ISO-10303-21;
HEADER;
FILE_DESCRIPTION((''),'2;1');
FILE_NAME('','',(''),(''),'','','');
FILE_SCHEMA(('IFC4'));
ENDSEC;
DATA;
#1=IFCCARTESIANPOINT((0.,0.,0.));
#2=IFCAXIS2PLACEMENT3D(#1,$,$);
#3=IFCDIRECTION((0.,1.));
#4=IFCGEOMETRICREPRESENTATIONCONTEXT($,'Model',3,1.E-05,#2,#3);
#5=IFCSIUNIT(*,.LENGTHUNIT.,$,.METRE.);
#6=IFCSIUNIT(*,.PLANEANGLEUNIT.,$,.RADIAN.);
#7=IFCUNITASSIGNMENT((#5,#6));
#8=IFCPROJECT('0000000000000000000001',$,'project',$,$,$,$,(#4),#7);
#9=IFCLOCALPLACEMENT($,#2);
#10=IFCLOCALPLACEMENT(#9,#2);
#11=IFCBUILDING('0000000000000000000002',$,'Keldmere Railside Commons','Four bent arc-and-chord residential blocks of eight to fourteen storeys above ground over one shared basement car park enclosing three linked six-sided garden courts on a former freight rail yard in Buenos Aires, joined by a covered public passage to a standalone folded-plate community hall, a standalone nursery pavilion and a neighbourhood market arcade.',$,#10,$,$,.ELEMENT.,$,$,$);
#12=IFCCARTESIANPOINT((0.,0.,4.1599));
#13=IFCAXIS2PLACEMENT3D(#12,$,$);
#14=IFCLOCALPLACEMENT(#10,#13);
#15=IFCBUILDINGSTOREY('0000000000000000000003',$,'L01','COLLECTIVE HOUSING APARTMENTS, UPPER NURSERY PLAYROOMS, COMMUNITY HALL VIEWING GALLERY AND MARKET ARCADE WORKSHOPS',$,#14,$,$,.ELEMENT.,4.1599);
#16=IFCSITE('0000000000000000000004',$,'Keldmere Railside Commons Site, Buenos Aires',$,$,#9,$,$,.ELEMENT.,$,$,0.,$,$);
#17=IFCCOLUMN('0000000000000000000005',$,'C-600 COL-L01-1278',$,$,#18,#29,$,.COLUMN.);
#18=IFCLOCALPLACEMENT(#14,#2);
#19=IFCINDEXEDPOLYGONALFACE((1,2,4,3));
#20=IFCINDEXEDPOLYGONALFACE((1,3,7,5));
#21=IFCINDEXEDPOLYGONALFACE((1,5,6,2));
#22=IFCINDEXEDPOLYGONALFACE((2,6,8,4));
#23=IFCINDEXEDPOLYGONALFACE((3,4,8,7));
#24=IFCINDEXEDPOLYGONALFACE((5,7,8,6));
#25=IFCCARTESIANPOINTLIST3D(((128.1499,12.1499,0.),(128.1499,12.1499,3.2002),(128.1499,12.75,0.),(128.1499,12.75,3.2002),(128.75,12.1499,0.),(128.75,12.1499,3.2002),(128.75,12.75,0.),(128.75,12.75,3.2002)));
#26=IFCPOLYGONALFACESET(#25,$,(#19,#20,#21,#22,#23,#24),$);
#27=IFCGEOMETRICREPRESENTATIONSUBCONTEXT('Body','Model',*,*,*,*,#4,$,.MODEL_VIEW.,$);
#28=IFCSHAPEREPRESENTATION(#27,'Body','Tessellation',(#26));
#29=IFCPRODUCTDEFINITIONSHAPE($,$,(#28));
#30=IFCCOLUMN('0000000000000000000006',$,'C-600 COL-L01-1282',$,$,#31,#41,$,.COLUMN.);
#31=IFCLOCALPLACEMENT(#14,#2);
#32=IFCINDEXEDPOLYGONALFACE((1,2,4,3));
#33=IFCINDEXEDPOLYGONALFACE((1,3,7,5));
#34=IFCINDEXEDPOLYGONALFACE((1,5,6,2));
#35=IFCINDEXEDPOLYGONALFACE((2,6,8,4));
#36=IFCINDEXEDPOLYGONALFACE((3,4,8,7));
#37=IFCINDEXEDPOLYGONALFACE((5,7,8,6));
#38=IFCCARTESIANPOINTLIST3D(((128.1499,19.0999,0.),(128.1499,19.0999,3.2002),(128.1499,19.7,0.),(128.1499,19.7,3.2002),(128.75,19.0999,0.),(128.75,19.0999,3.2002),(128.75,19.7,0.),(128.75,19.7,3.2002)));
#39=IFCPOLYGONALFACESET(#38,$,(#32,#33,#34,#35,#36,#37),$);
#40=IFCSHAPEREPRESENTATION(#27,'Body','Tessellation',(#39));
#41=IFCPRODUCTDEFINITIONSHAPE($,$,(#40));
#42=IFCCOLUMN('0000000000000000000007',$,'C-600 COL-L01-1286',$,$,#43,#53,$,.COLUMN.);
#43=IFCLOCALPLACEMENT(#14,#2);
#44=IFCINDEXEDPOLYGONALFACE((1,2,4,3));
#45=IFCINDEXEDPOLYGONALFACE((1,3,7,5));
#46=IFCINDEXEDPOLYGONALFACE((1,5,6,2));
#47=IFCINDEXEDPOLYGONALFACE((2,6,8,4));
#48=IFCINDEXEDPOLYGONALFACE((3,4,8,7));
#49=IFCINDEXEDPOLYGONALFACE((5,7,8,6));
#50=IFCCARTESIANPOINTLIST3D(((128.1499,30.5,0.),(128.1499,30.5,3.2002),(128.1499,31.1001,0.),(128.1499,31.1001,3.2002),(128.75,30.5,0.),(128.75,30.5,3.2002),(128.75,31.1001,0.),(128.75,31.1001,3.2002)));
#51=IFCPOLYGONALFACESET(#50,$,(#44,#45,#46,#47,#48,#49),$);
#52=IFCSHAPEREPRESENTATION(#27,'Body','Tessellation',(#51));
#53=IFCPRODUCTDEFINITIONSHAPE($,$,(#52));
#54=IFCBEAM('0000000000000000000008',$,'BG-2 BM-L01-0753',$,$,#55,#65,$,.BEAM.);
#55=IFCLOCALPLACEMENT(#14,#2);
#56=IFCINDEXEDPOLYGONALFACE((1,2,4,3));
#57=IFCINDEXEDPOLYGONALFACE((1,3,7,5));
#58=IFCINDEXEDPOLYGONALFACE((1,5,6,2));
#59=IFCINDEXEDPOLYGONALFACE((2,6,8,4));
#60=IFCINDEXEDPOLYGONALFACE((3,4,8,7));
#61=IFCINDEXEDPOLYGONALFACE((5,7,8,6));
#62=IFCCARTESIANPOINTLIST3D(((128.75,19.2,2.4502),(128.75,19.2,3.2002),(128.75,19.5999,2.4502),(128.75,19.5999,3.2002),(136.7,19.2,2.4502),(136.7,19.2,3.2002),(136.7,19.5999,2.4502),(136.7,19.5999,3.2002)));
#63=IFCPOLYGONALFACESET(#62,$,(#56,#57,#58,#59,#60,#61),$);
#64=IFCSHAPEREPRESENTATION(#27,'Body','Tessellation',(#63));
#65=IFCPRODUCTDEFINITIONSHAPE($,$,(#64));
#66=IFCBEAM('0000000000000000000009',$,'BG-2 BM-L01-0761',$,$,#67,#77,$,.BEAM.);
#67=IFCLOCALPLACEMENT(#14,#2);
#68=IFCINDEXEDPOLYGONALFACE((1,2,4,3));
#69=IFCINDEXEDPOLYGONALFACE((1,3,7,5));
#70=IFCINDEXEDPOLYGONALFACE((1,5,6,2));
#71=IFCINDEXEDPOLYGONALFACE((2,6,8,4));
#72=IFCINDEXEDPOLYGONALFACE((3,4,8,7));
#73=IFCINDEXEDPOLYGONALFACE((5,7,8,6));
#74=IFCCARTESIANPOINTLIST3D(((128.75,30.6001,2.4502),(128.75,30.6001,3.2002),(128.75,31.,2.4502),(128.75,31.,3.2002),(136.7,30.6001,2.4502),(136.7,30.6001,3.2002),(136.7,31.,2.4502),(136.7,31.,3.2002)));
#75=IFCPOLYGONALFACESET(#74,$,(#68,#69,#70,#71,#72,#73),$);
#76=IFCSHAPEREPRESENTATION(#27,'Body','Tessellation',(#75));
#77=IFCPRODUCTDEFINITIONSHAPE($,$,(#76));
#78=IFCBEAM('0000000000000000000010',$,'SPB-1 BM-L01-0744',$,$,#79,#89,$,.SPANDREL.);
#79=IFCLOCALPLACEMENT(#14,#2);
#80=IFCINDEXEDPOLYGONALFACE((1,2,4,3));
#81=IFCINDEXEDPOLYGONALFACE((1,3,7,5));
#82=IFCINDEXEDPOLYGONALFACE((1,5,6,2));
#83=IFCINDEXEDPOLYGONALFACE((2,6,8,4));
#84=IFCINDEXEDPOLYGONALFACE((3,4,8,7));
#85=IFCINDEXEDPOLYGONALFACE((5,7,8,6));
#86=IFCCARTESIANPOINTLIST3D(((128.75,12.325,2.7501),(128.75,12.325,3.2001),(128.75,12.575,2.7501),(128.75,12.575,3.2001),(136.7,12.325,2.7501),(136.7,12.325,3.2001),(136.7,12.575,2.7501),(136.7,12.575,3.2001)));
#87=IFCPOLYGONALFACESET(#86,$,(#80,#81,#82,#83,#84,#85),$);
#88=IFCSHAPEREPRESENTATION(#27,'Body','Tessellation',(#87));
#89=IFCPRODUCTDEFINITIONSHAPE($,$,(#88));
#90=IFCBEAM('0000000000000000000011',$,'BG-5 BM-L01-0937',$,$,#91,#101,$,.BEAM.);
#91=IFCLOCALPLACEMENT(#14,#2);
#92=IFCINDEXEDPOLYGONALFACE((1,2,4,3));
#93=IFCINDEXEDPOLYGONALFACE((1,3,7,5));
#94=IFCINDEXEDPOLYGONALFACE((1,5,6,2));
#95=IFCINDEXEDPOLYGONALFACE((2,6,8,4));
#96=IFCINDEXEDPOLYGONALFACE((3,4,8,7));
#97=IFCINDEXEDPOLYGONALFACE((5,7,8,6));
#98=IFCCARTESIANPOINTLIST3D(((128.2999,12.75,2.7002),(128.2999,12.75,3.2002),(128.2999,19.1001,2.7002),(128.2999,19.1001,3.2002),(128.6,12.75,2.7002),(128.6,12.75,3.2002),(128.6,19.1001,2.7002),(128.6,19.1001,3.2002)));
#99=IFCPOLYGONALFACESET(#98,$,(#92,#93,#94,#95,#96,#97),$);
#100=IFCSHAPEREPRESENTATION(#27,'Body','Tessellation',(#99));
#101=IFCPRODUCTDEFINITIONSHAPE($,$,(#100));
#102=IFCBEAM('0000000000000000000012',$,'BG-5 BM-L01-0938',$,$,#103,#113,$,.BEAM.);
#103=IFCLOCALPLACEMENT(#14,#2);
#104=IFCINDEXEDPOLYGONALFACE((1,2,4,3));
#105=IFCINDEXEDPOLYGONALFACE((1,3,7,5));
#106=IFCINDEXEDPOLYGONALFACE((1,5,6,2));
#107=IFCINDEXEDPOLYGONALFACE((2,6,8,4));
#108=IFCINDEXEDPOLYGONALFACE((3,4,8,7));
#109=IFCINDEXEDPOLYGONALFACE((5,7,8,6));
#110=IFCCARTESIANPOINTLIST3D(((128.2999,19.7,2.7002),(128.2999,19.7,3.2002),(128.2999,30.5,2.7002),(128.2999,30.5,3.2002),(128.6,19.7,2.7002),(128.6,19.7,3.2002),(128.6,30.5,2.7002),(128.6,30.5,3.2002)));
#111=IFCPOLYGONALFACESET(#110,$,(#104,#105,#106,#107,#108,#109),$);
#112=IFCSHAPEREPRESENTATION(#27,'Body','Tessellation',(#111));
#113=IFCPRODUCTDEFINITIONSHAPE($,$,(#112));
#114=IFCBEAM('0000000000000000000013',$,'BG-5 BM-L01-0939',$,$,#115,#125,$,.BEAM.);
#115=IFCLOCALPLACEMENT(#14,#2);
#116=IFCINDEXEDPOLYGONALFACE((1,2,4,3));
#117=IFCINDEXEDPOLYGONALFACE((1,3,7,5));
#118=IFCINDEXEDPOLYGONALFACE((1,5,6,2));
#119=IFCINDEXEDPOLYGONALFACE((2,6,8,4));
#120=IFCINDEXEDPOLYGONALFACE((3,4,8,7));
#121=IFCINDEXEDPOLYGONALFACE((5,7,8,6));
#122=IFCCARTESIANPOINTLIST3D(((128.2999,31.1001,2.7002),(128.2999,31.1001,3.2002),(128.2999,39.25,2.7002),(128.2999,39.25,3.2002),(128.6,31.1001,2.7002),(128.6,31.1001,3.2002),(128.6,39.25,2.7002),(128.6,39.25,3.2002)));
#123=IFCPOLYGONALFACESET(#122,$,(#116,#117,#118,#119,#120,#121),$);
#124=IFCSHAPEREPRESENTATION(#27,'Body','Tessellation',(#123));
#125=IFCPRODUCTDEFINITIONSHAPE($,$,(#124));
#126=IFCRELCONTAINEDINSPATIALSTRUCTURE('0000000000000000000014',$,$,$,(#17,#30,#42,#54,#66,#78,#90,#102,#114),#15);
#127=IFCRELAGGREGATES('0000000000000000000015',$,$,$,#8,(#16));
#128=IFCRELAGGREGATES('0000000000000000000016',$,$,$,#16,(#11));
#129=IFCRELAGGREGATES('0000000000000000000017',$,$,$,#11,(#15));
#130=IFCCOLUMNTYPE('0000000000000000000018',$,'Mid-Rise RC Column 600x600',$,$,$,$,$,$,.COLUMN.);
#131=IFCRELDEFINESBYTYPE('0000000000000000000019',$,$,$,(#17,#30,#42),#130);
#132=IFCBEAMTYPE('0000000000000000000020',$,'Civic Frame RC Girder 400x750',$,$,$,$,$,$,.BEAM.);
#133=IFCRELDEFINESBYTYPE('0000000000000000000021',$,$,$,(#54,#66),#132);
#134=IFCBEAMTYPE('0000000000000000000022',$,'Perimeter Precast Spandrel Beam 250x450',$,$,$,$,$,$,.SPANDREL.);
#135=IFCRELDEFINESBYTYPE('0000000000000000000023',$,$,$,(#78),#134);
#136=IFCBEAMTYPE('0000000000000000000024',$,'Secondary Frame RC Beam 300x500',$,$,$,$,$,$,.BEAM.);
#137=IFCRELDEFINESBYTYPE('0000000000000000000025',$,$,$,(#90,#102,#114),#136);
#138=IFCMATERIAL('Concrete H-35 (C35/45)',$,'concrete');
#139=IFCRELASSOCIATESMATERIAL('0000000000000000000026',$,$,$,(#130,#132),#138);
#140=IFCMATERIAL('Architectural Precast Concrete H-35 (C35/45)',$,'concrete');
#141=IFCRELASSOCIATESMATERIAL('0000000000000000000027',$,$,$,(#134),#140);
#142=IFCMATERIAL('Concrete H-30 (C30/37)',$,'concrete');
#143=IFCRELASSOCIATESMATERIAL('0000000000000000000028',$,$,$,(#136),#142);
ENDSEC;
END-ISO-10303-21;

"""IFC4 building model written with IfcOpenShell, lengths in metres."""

from ifc_helpers import new_model, si_unit, direction, frame, origin, origin_2d, place, context, subcontext, project, spatial, rectangle, extrude, material, material_profile, profile_set, type_object, element, save


model = new_model("IFC4")

# Units and contexts
model_context = context("Model", 3, precision=1e-05, world=origin(), true_north=direction((0.0, 1.0)))
body_context = subcontext(model_context, "Body", "Model", "MODEL_VIEW")
ifc_project = project(units=[si_unit("LENGTHUNIT", "METRE"), si_unit("PLANEANGLEUNIT", "RADIAN")], contexts=[model_context])

# Site, building, storey
site_placement = place(None, origin())
site = spatial("IfcSite", under=ifc_project, at=site_placement, Name="Keldmere Railside Commons Site, Buenos Aires", CompositionType="ELEMENT", RefElevation=0.0)
building_placement = place(site_placement, origin())
building = spatial("IfcBuilding", under=site, at=building_placement, Name="Keldmere Railside Commons", Description="Four bent arc-and-chord residential blocks of eight to fourteen storeys above ground over one shared basement car park enclosing three linked six-sided garden courts on a former freight rail yard in Buenos Aires, joined by a covered public passage to a standalone folded-plate community hall, a standalone nursery pavilion and a neighbourhood market arcade.", CompositionType="ELEMENT")
storey_placement = place(building_placement, frame((0.0, 0.0, 4.1599)))
storey = spatial("IfcBuildingStorey", under=building, at=storey_placement, Name="L01", Description="COLLECTIVE HOUSING APARTMENTS, UPPER NURSERY PLAYROOMS, COMMUNITY HALL VIEWING GALLERY AND MARKET ARCADE WORKSHOPS", CompositionType="ELEMENT", Elevation=4.1599)

# Columns
ifc_material_1 = material(Name="Concrete H-35 (C35/45)", Category="concrete")
ifc_material_profile_1 = material_profile(ifc_material_1, rectangle(XDim=0.6001, YDim=0.6001, at=origin_2d()), Name="RC-600x600")
ifc_profile_set_1 = profile_set([ifc_material_profile_1], Name="Concrete H-35 (C35/45)")
column_type = type_object("IfcColumnType", Name="Mid-Rise RC Column 600x600", PredefinedType="COLUMN", material=ifc_profile_set_1)
for number, where, z_axis, x_axis, name in (
    (1, (128.45, 12.45, 0.0), (0.0, 0.0, 1.0), (1.0, 0.0, 0.0), "C-600 COL-L01-1278"),
    (2, (128.45, 19.3999, 0.0), (0.0, 0.0, 1.0), (1.0, 0.0, 0.0), "C-600 COL-L01-1282"),
    (3, (128.45, 30.8, 0.0), (0.0, 0.0, 1.0), (1.0, 0.0, 0.0), "C-600 COL-L01-1286"),
):
    element("IfcColumn", number, at=place(storey_placement, frame(where, z_axis=z_axis, x_axis=x_axis)), inside=storey, type_object=column_type, Name=name, PredefinedType="COLUMN", context=body_context, shape_type="SweptSolid", body=[
        extrude(rectangle(XDim=0.6001, YDim=0.6001, at=origin_2d()), origin(), (0.0, 0.0, 1.0), 3.2002),
    ])

# Beams
ifc_material_profile_2 = material_profile(ifc_material_1, rectangle(XDim=0.3999, YDim=0.75, at=origin_2d()), Name="RC-400x750")
ifc_profile_set_2 = profile_set([ifc_material_profile_2], Name="Concrete H-35 (C35/45)")
beam_type_1 = type_object("IfcBeamType", Name="Civic Frame RC Girder 400x750", PredefinedType="BEAM", material=ifc_profile_set_2)
for number, where, z_axis, x_axis, name in (
    (4, (128.75, 19.3999, 2.8252), (1.0, 0.0, 0.0), (0.0, 1.0, 0.0), "BG-2 BM-L01-0753"),
    (5, (128.75, 30.8, 2.8252), (1.0, 0.0, 0.0), (0.0, 1.0, 0.0), "BG-2 BM-L01-0761"),
):
    element("IfcBeam", number, at=place(storey_placement, frame(where, z_axis=z_axis, x_axis=x_axis)), inside=storey, type_object=beam_type_1, Name=name, PredefinedType="BEAM", context=body_context, shape_type="SweptSolid", body=[
        extrude(rectangle(XDim=0.3999, YDim=0.75, at=origin_2d()), origin(), (0.0, 0.0, 1.0), 7.95),
    ])
ifc_material_2 = material(Name="Architectural Precast Concrete H-35 (C35/45)", Category="concrete")
ifc_material_profile_3 = material_profile(ifc_material_2, rectangle(XDim=0.25, YDim=0.45, at=origin_2d()), Name="RC-250x450")
ifc_profile_set_3 = profile_set([ifc_material_profile_3], Name="Architectural Precast Concrete H-35 (C35/45)")
beam_type_2 = type_object("IfcBeamType", Name="Perimeter Precast Spandrel Beam 250x450", PredefinedType="SPANDREL", material=ifc_profile_set_3)
beam_1_placement = place(storey_placement, frame((128.75, 12.45, 2.9751), z_axis=(1.0, 0.0, 0.0), x_axis=(0.0, 1.0, 0.0)))
element("IfcBeam", 6, at=beam_1_placement, inside=storey, type_object=beam_type_2, Name="SPB-1 BM-L01-0744", PredefinedType="SPANDREL", context=body_context, shape_type="SweptSolid", body=[
    extrude(rectangle(XDim=0.25, YDim=0.45, at=origin_2d()), origin(), (0.0, 0.0, 1.0), 7.95),
])
ifc_material_3 = material(Name="Concrete H-30 (C30/37)", Category="concrete")
ifc_material_profile_4 = material_profile(ifc_material_3, rectangle(XDim=0.3, YDim=0.5, at=origin_2d()), Name="RC-300x500")
ifc_profile_set_4 = profile_set([ifc_material_profile_4], Name="Concrete H-30 (C30/37)")
beam_type_3 = type_object("IfcBeamType", Name="Secondary Frame RC Beam 300x500", PredefinedType="BEAM", material=ifc_profile_set_4)
beam_2_placement = place(storey_placement, frame((128.45, 12.75, 2.9502), z_axis=(0.0, 1.0, 0.0), x_axis=(-1.0, 0.0, 0.0)))
element("IfcBeam", 7, at=beam_2_placement, inside=storey, type_object=beam_type_3, Name="BG-5 BM-L01-0937", PredefinedType="BEAM", context=body_context, shape_type="SweptSolid", body=[
    extrude(rectangle(XDim=0.3, YDim=0.5, at=origin_2d()), origin(), (0.0, 0.0, 1.0), 6.3501),
])
beam_3_placement = place(storey_placement, frame((128.45, 19.7, 2.9502), z_axis=(0.0, 1.0, 0.0), x_axis=(-1.0, 0.0, 0.0)))
element("IfcBeam", 8, at=beam_3_placement, inside=storey, type_object=beam_type_3, Name="BG-5 BM-L01-0938", PredefinedType="BEAM", context=body_context, shape_type="SweptSolid", body=[
    extrude(rectangle(XDim=0.3, YDim=0.5, at=origin_2d()), origin(), (0.0, 0.0, 1.0), 10.8),
])
beam_4_placement = place(storey_placement, frame((128.45, 31.1001, 2.9502), z_axis=(0.0, 1.0, 0.0), x_axis=(-1.0, 0.0, 0.0)))
element("IfcBeam", 9, at=beam_4_placement, inside=storey, type_object=beam_type_3, Name="BG-5 BM-L01-0939", PredefinedType="BEAM", context=body_context, shape_type="SweptSolid", body=[
    extrude(rectangle(XDim=0.3, YDim=0.5, at=origin_2d()), origin(), (0.0, 0.0, 1.0), 8.1499),
])

save(model, "model.ifc")
